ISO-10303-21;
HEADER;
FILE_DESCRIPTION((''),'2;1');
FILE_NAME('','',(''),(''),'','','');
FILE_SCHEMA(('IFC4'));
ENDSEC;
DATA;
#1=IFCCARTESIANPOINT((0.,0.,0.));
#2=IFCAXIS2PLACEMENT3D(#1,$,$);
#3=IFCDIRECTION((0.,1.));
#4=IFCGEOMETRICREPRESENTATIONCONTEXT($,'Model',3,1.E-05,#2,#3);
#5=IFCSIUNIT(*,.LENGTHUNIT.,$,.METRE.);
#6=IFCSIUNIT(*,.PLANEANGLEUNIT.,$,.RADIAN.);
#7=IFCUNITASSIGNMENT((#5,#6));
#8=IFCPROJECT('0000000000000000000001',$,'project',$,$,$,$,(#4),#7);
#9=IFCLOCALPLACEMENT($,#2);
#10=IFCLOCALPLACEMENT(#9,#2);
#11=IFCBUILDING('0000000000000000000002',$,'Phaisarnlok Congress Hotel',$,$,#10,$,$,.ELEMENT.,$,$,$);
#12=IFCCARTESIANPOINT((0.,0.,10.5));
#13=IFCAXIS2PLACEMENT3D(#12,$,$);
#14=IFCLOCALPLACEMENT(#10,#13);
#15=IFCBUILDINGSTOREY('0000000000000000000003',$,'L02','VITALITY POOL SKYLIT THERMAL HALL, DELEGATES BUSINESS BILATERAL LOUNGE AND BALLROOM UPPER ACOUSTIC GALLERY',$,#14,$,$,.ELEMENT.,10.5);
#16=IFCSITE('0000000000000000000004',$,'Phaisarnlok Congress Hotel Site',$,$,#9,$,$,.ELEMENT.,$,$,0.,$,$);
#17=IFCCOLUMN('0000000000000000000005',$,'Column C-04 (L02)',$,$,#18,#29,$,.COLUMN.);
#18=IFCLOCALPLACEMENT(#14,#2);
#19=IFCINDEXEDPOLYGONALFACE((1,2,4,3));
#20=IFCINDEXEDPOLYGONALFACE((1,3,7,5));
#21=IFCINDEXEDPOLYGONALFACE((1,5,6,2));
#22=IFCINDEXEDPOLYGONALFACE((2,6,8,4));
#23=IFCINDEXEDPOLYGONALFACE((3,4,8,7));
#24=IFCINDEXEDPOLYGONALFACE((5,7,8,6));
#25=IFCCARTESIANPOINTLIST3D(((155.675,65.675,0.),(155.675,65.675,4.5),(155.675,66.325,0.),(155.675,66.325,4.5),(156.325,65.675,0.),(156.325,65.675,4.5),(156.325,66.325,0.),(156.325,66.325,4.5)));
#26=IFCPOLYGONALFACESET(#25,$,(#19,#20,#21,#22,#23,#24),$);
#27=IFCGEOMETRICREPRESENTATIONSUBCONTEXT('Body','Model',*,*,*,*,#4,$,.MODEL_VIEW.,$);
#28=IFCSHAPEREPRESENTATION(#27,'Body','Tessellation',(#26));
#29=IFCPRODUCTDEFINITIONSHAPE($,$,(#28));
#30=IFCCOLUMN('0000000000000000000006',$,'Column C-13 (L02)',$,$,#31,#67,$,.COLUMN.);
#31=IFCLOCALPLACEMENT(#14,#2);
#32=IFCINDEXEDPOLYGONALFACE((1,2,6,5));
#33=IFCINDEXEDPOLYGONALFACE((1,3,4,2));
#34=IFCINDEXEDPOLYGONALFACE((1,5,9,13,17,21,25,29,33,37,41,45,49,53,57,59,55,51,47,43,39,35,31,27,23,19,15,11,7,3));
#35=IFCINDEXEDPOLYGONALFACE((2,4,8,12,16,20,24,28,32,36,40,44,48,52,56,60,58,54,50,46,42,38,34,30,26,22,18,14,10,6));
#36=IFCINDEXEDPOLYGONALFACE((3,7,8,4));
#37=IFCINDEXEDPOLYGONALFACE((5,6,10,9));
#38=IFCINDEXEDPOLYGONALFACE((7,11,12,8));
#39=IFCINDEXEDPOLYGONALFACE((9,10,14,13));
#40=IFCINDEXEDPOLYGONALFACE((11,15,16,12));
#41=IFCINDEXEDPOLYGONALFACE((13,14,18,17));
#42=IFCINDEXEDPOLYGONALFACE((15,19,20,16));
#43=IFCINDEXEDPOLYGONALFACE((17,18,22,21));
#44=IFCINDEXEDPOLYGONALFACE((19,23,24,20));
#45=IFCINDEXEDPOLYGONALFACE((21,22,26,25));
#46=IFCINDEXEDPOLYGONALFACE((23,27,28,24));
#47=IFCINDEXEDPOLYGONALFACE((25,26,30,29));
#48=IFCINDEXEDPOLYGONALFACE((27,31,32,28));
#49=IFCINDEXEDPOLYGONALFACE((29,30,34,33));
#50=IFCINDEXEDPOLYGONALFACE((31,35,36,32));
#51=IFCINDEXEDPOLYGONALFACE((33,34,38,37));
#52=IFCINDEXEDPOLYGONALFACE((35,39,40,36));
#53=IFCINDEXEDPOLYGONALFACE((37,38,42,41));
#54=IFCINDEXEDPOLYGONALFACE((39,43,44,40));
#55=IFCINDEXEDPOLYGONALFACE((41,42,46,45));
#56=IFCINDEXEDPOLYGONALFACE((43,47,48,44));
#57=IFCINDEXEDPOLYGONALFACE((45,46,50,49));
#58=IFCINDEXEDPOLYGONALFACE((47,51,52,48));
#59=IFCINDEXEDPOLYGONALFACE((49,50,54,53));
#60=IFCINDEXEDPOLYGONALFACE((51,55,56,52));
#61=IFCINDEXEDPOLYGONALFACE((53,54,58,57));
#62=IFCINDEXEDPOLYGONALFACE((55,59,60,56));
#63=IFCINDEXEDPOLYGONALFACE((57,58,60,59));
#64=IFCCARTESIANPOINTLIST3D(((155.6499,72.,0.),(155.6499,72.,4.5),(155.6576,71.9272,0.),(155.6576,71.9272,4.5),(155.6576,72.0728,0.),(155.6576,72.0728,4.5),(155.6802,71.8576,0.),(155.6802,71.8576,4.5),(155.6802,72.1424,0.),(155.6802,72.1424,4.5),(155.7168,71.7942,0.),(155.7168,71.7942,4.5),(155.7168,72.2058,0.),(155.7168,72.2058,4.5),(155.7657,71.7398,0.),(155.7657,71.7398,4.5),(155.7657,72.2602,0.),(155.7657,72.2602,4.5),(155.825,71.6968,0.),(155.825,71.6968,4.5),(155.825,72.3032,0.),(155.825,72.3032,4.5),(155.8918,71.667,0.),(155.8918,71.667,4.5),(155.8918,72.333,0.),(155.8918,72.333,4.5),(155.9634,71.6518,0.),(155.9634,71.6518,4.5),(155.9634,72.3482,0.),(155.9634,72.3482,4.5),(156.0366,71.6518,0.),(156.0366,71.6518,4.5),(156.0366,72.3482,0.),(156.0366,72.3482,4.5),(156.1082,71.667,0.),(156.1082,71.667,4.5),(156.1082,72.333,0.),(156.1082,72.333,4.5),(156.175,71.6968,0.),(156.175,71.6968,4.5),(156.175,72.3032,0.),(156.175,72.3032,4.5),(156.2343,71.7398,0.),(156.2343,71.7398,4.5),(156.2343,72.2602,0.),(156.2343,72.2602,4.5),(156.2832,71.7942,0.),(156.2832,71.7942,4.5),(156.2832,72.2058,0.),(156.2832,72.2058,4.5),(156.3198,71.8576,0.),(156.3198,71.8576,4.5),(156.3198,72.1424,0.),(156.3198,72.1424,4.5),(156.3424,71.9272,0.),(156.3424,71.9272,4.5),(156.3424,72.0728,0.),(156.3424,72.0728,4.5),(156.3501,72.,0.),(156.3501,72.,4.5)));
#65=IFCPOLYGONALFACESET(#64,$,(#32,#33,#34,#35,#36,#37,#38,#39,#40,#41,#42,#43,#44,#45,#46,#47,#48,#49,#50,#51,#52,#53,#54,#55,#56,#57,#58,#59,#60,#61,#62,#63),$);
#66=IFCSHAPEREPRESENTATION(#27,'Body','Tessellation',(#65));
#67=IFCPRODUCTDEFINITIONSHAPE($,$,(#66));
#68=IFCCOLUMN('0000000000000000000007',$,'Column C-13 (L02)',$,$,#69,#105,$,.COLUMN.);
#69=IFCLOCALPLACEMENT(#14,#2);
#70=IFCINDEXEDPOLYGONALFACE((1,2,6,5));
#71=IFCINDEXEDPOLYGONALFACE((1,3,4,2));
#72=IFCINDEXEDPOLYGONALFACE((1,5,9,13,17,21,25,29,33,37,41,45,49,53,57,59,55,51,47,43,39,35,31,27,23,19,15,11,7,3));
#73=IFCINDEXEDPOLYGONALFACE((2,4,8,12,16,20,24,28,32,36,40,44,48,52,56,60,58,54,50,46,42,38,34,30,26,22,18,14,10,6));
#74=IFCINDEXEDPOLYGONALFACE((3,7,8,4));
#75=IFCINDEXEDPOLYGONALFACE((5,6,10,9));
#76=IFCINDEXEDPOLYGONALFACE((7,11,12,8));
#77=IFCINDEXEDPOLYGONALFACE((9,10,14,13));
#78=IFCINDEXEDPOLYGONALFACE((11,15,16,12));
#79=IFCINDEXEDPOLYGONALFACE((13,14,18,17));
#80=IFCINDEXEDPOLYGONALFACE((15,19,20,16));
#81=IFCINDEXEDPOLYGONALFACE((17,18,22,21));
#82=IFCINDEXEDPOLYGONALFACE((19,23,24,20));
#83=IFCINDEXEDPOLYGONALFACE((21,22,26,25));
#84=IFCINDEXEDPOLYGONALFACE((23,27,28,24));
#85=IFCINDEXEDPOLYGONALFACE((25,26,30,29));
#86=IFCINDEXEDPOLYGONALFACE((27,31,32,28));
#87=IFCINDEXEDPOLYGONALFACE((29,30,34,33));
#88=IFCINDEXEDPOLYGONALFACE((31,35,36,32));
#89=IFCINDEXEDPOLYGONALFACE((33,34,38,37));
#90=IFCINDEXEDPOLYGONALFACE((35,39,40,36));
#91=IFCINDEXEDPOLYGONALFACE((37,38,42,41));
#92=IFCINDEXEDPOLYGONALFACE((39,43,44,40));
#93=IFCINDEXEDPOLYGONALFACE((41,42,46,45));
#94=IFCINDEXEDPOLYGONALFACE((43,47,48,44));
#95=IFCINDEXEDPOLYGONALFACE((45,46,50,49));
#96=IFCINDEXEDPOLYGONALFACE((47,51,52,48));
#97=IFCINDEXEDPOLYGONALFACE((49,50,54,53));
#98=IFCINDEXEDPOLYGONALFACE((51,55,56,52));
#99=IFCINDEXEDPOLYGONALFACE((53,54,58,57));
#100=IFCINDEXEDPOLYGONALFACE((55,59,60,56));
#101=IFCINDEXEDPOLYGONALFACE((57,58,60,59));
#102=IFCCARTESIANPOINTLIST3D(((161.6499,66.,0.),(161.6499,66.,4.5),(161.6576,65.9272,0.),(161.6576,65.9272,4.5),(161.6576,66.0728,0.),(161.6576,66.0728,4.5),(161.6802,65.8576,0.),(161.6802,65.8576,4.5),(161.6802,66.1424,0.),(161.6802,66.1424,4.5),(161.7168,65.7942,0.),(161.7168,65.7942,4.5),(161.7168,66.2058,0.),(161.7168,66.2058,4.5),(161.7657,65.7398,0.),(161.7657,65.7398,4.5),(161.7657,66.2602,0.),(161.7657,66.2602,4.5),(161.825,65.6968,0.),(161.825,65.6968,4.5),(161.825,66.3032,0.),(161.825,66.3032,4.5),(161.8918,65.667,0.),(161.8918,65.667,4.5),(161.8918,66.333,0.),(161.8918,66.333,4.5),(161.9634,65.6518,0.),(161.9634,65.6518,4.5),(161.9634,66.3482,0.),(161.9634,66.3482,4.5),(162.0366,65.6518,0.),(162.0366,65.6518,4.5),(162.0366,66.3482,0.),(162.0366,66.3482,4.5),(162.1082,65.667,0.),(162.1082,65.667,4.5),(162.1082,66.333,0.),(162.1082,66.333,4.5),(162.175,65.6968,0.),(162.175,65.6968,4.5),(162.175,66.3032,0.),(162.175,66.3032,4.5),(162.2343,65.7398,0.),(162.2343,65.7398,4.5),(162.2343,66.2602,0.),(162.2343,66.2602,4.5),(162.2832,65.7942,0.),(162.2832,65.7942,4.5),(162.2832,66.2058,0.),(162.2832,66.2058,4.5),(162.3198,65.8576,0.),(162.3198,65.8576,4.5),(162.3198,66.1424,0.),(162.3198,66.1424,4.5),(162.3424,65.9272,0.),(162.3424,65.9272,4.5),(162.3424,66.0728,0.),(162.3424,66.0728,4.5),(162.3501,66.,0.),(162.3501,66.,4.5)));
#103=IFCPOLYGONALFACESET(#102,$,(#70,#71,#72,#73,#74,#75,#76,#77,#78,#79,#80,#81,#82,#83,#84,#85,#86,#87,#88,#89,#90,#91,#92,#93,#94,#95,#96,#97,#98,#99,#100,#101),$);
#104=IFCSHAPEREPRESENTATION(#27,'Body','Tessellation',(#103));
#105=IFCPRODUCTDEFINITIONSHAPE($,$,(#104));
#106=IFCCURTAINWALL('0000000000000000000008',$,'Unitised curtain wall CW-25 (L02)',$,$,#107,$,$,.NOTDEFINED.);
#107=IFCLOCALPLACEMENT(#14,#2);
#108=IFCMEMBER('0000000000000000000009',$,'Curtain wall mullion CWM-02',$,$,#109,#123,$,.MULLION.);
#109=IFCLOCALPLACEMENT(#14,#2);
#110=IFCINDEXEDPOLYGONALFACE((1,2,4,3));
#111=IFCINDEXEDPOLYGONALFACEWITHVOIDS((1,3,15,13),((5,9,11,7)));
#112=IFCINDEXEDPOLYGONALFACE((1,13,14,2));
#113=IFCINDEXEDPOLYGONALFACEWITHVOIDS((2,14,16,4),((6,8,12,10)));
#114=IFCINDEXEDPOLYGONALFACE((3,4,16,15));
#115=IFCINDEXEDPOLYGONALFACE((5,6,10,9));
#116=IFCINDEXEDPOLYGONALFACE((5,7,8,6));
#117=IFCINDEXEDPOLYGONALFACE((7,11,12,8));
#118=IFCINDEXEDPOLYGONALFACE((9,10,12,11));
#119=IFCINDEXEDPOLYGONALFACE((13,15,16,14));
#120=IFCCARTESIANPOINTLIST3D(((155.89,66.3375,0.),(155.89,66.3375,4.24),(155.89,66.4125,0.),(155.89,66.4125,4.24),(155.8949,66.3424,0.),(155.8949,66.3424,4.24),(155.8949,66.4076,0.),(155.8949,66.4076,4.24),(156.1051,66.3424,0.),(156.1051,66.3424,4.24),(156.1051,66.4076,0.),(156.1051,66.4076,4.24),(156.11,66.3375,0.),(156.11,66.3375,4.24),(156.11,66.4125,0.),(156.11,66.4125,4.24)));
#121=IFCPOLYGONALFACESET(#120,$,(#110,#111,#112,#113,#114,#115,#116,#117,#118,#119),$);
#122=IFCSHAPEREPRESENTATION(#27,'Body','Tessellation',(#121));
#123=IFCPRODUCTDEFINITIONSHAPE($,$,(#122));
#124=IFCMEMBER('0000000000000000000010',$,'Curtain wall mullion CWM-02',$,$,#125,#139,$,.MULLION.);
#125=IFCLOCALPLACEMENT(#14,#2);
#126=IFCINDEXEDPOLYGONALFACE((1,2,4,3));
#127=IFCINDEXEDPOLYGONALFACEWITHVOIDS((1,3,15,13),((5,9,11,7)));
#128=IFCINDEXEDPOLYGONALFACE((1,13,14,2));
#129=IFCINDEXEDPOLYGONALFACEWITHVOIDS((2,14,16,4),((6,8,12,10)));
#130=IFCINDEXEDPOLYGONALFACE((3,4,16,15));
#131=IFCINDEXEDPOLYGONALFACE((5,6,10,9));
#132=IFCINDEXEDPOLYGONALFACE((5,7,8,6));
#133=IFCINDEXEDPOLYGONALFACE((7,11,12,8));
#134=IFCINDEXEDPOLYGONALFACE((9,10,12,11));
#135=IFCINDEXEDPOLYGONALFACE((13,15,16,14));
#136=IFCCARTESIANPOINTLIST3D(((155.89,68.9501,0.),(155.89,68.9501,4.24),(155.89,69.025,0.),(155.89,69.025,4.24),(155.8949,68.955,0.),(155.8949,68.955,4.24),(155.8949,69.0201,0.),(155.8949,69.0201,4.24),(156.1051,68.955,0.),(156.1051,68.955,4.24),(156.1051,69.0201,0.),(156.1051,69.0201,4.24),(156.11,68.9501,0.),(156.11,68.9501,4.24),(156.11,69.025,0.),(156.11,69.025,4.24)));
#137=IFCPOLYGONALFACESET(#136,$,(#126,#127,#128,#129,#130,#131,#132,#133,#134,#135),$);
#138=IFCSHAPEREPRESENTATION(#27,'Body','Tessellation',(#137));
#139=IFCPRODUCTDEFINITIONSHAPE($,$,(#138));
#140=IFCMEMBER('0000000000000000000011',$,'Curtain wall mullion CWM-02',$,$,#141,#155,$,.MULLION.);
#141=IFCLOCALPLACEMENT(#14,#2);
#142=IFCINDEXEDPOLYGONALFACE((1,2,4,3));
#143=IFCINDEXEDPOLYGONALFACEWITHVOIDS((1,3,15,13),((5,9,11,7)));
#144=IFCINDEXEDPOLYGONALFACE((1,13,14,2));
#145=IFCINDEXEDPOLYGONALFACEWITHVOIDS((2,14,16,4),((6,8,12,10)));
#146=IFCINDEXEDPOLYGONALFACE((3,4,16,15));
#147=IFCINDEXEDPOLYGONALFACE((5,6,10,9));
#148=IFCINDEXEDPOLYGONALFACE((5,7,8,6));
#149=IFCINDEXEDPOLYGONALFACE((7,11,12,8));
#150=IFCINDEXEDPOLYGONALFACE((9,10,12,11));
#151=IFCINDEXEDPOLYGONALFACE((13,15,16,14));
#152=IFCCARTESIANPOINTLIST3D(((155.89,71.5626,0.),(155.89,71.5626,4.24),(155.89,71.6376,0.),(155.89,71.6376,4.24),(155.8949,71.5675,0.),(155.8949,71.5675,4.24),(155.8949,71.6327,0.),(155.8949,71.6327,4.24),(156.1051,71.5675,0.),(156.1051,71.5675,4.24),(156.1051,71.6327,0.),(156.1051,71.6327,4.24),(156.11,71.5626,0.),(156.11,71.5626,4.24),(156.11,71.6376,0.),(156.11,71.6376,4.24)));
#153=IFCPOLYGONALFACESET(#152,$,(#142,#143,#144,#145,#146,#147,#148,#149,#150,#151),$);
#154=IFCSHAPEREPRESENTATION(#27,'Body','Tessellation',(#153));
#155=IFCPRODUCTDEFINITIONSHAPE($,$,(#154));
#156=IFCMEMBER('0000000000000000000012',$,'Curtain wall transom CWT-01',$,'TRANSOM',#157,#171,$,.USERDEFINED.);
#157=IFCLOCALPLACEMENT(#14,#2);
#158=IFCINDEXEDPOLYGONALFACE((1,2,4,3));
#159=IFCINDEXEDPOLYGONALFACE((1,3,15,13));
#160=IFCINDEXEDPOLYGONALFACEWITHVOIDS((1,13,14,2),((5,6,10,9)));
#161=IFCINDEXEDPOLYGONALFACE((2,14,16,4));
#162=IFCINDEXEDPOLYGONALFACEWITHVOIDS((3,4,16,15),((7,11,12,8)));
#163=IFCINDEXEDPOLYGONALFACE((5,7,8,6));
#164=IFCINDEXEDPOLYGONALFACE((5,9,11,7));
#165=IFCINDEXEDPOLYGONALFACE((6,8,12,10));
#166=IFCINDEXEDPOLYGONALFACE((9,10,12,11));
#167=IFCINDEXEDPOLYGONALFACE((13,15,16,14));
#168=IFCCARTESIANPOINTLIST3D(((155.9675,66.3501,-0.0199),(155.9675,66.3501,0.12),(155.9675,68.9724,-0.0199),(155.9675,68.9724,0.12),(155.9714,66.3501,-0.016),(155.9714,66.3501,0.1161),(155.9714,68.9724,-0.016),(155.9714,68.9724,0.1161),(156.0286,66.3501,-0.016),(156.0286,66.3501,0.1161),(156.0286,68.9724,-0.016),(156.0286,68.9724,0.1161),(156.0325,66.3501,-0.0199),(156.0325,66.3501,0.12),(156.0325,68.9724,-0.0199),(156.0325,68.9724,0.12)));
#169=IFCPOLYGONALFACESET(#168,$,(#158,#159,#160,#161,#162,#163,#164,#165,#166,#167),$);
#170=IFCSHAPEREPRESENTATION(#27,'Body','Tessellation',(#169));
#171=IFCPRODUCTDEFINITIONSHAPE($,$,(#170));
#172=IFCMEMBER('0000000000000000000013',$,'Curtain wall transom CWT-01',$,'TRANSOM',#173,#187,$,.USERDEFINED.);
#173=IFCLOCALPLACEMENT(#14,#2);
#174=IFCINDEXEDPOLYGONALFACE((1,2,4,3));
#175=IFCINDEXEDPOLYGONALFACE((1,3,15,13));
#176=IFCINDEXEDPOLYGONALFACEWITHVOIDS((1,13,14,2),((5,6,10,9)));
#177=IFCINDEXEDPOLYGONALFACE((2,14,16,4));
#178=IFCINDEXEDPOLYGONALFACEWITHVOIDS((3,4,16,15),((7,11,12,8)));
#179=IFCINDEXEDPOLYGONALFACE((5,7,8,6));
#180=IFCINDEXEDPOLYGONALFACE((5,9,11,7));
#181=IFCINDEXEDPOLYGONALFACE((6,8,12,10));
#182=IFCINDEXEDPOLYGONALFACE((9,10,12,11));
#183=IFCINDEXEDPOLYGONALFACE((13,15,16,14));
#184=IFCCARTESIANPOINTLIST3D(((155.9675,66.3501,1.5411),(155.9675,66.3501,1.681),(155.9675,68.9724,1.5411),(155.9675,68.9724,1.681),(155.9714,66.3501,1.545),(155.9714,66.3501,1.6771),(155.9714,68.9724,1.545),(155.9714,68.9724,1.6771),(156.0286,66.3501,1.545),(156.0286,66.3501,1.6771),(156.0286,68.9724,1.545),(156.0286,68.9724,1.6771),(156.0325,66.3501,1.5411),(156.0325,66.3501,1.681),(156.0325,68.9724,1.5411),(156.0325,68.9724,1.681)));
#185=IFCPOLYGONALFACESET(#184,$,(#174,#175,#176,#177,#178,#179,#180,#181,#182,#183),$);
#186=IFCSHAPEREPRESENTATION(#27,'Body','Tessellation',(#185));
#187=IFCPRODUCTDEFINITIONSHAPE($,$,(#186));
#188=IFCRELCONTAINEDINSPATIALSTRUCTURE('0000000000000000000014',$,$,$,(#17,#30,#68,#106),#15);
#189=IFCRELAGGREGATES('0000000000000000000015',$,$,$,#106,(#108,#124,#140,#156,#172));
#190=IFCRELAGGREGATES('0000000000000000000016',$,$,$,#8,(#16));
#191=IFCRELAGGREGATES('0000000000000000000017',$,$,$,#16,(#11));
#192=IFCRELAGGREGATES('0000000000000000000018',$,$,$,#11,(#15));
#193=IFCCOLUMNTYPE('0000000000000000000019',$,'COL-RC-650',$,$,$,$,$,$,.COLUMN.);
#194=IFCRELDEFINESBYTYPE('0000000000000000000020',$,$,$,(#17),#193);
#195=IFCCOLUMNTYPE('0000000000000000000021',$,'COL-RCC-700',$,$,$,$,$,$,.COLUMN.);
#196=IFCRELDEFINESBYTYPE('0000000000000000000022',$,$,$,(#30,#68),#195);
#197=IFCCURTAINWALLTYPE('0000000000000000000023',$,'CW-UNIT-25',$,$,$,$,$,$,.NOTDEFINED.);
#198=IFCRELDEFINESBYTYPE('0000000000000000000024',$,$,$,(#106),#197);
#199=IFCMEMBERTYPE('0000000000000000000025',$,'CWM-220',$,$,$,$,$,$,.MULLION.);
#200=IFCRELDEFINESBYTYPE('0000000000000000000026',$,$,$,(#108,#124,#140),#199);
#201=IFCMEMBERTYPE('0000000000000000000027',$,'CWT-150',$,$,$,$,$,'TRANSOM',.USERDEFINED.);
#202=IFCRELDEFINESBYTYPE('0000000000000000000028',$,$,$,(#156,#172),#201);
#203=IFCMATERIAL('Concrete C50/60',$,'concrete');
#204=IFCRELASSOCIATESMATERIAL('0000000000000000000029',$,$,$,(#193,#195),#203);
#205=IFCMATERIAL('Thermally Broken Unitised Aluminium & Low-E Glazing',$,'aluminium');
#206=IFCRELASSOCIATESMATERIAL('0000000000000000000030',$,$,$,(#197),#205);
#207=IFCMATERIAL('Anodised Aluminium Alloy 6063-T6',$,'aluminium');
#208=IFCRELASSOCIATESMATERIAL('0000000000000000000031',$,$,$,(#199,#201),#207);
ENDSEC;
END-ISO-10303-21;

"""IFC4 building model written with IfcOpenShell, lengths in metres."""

from ifc_helpers import new_model, si_unit, direction, frame, origin, origin_2d, place, context, subcontext, project, spatial, rectangle, hollow_rectangle, circle, extrude, material, material_profile, profile_set, type_object, element, aggregate, save


model = new_model("IFC4")

# Units and contexts
model_context = context("Model", 3, precision=1e-05, world=origin(), true_north=direction((0.0, 1.0)))
body_context = subcontext(model_context, "Body", "Model", "MODEL_VIEW")
ifc_project = project(units=[si_unit("LENGTHUNIT", "METRE"), si_unit("PLANEANGLEUNIT", "RADIAN")], contexts=[model_context])

# Site, building, storey
site_placement = place(None, origin())
site = spatial("IfcSite", under=ifc_project, at=site_placement, Name="Phaisarnlok Congress Hotel Site", CompositionType="ELEMENT", RefElevation=0.0)
building_placement = place(site_placement, origin())
building = spatial("IfcBuilding", under=site, at=building_placement, Name="Phaisarnlok Congress Hotel", CompositionType="ELEMENT")
storey_placement = place(building_placement, frame((0.0, 0.0, 10.5)))
storey = spatial("IfcBuildingStorey", under=building, at=storey_placement, Name="L02", Description="VITALITY POOL SKYLIT THERMAL HALL, DELEGATES BUSINESS BILATERAL LOUNGE AND BALLROOM UPPER ACOUSTIC GALLERY", CompositionType="ELEMENT", Elevation=10.5)

# Columns
ifc_material_1 = material(Name="Concrete C50/60", Category="concrete")
ifc_material_profile_1 = material_profile(ifc_material_1, rectangle(XDim=0.6499, YDim=0.6499, at=origin_2d()), Name="RC 650x650")
ifc_profile_set_1 = profile_set([ifc_material_profile_1], Name="Concrete C50/60")
column_type_1 = type_object("IfcColumnType", Name="COL-RC-650", PredefinedType="COLUMN", material=ifc_profile_set_1)
column_placement = place(storey_placement, frame((156.0, 66.0, 0.0), z_axis=(0.0, 0.0, 1.0), x_axis=(1.0, 0.0, 0.0)))
element("IfcColumn", 1, at=column_placement, inside=storey, type_object=column_type_1, Name="Column C-04 (L02)", PredefinedType="COLUMN", context=body_context, shape_type="SweptSolid", body=[
    extrude(rectangle(XDim=0.6499, YDim=0.6499, at=origin_2d()), origin(), (0.0, 0.0, 1.0), 4.5),
])
ifc_material_profile_2 = material_profile(ifc_material_1, circle(Radius=0.3501, at=origin_2d()), Name="RCC D700")
ifc_profile_set_2 = profile_set([ifc_material_profile_2], Name="Concrete C50/60")
column_type_2 = type_object("IfcColumnType", Name="COL-RCC-700", PredefinedType="COLUMN", material=ifc_profile_set_2)
for number, where, z_axis, x_axis, name in (
    (2, (156.0, 72.0, 0.0), (0.0, 0.0, 1.0), (1.0, 0.0, 0.0), "Column C-13 (L02)"),
    (3, (162.0, 66.0, 0.0), (0.0, 0.0, 1.0), (1.0, 0.0, 0.0), "Column C-13 (L02)"),
):
    element("IfcColumn", number, at=place(storey_placement, frame(where, z_axis=z_axis, x_axis=x_axis)), inside=storey, type_object=column_type_2, Name=name, PredefinedType="COLUMN", context=body_context, shape_type="SweptSolid", body=[
        extrude(circle(Radius=0.3501, at=origin_2d()), origin(), (0.0, 0.0, 1.0), 4.5),
    ])

# Curtain wall, members
ifc_material_2 = material(Name="Thermally Broken Unitised Aluminium & Low-E Glazing", Category="aluminium")
curtain_wall_type_1 = type_object("IfcCurtainWallType", Name="CW-UNIT-25", PredefinedType="NOTDEFINED", material=ifc_material_2)
curtain_wall_1_placement = place(storey_placement, origin())
curtain_wall_1 = element("IfcCurtainWall", 4, at=curtain_wall_1_placement, inside=storey, type_object=curtain_wall_type_1, Name="Unitised curtain wall CW-25 (L02)", PredefinedType="NOTDEFINED")
ifc_material_3 = material(Name="Anodised Aluminium Alloy 6063-T6", Category="aluminium")
ifc_material_profile_3 = material_profile(ifc_material_3, hollow_rectangle(XDim=0.075, YDim=0.22, WallThickness=0.0049, at=origin_2d()), Name="ALU-M 75x220x5")
ifc_profile_set_3 = profile_set([ifc_material_profile_3], Name="Anodised Aluminium Alloy 6063-T6")
member_type_1 = type_object("IfcMemberType", Name="CWM-220", PredefinedType="MULLION", material=ifc_profile_set_3)
member_1_placement = place(storey_placement, frame((156.0, 66.375, 0.0), z_axis=(0.0, 0.0, 1.0), x_axis=(0.0, 1.0, 0.0)))
member_1 = element("IfcMember", 5, at=member_1_placement, type_object=member_type_1, Name="Curtain wall mullion CWM-02", PredefinedType="MULLION", context=body_context, shape_type="SweptSolid", body=[
    extrude(hollow_rectangle(XDim=0.075, YDim=0.22, WallThickness=0.0049, at=origin_2d()), origin(), (0.0, 0.0, 1.0), 4.24),
])
member_2_placement = place(storey_placement, frame((156.0, 68.9875, 0.0), z_axis=(0.0, 0.0, 1.0), x_axis=(0.0, 1.0, 0.0)))
member_2 = element("IfcMember", 6, at=member_2_placement, type_object=member_type_1, Name="Curtain wall mullion CWM-02", PredefinedType="MULLION", context=body_context, shape_type="SweptSolid", body=[
    extrude(hollow_rectangle(XDim=0.075, YDim=0.22, WallThickness=0.0049, at=origin_2d()), origin(), (0.0, 0.0, 1.0), 4.24),
])
member_3_placement = place(storey_placement, frame((156.0, 71.6001, 0.0), z_axis=(0.0, 0.0, 1.0), x_axis=(0.0, 1.0, 0.0)))
member_3 = element("IfcMember", 7, at=member_3_placement, type_object=member_type_1, Name="Curtain wall mullion CWM-02", PredefinedType="MULLION", context=body_context, shape_type="SweptSolid", body=[
    extrude(hollow_rectangle(XDim=0.075, YDim=0.22, WallThickness=0.0049, at=origin_2d()), origin(), (0.0, 0.0, 1.0), 4.24),
])
ifc_material_profile_4 = material_profile(ifc_material_3, hollow_rectangle(XDim=0.0649, YDim=0.1399, WallThickness=0.0039, at=origin_2d()), Name="ALU-T 65x140x4")
ifc_profile_set_4 = profile_set([ifc_material_profile_4], Name="Anodised Aluminium Alloy 6063-T6")
member_type_2 = type_object("IfcMemberType", Name="CWT-150", ElementType="TRANSOM", PredefinedType="USERDEFINED", material=ifc_profile_set_4)
member_4_placement = place(storey_placement, frame((156.0, 66.3501, 0.05), z_axis=(0.0, 1.0, 0.0), x_axis=(-1.0, 0.0, 0.0)))
member_4 = element("IfcMember", 8, at=member_4_placement, type_object=member_type_2, Name="Curtain wall transom CWT-01", ObjectType="TRANSOM", PredefinedType="USERDEFINED", context=body_context, shape_type="SweptSolid", body=[
    extrude(hollow_rectangle(XDim=0.0649, YDim=0.1399, WallThickness=0.0039, at=origin_2d()), origin(), (0.0, 0.0, 1.0), 2.6223),
])
member_5_placement = place(storey_placement, frame((156.0, 66.3501, 1.6111), z_axis=(0.0, 1.0, 0.0), x_axis=(-1.0, 0.0, 0.0)))
member_5 = element("IfcMember", 9, at=member_5_placement, type_object=member_type_2, Name="Curtain wall transom CWT-01", ObjectType="TRANSOM", PredefinedType="USERDEFINED", context=body_context, shape_type="SweptSolid", body=[
    extrude(hollow_rectangle(XDim=0.0649, YDim=0.1399, WallThickness=0.0039, at=origin_2d()), origin(), (0.0, 0.0, 1.0), 2.6223),
])

aggregate(curtain_wall_1, [member_1, member_2, member_3, member_4, member_5])

save(model, "model.ifc")
